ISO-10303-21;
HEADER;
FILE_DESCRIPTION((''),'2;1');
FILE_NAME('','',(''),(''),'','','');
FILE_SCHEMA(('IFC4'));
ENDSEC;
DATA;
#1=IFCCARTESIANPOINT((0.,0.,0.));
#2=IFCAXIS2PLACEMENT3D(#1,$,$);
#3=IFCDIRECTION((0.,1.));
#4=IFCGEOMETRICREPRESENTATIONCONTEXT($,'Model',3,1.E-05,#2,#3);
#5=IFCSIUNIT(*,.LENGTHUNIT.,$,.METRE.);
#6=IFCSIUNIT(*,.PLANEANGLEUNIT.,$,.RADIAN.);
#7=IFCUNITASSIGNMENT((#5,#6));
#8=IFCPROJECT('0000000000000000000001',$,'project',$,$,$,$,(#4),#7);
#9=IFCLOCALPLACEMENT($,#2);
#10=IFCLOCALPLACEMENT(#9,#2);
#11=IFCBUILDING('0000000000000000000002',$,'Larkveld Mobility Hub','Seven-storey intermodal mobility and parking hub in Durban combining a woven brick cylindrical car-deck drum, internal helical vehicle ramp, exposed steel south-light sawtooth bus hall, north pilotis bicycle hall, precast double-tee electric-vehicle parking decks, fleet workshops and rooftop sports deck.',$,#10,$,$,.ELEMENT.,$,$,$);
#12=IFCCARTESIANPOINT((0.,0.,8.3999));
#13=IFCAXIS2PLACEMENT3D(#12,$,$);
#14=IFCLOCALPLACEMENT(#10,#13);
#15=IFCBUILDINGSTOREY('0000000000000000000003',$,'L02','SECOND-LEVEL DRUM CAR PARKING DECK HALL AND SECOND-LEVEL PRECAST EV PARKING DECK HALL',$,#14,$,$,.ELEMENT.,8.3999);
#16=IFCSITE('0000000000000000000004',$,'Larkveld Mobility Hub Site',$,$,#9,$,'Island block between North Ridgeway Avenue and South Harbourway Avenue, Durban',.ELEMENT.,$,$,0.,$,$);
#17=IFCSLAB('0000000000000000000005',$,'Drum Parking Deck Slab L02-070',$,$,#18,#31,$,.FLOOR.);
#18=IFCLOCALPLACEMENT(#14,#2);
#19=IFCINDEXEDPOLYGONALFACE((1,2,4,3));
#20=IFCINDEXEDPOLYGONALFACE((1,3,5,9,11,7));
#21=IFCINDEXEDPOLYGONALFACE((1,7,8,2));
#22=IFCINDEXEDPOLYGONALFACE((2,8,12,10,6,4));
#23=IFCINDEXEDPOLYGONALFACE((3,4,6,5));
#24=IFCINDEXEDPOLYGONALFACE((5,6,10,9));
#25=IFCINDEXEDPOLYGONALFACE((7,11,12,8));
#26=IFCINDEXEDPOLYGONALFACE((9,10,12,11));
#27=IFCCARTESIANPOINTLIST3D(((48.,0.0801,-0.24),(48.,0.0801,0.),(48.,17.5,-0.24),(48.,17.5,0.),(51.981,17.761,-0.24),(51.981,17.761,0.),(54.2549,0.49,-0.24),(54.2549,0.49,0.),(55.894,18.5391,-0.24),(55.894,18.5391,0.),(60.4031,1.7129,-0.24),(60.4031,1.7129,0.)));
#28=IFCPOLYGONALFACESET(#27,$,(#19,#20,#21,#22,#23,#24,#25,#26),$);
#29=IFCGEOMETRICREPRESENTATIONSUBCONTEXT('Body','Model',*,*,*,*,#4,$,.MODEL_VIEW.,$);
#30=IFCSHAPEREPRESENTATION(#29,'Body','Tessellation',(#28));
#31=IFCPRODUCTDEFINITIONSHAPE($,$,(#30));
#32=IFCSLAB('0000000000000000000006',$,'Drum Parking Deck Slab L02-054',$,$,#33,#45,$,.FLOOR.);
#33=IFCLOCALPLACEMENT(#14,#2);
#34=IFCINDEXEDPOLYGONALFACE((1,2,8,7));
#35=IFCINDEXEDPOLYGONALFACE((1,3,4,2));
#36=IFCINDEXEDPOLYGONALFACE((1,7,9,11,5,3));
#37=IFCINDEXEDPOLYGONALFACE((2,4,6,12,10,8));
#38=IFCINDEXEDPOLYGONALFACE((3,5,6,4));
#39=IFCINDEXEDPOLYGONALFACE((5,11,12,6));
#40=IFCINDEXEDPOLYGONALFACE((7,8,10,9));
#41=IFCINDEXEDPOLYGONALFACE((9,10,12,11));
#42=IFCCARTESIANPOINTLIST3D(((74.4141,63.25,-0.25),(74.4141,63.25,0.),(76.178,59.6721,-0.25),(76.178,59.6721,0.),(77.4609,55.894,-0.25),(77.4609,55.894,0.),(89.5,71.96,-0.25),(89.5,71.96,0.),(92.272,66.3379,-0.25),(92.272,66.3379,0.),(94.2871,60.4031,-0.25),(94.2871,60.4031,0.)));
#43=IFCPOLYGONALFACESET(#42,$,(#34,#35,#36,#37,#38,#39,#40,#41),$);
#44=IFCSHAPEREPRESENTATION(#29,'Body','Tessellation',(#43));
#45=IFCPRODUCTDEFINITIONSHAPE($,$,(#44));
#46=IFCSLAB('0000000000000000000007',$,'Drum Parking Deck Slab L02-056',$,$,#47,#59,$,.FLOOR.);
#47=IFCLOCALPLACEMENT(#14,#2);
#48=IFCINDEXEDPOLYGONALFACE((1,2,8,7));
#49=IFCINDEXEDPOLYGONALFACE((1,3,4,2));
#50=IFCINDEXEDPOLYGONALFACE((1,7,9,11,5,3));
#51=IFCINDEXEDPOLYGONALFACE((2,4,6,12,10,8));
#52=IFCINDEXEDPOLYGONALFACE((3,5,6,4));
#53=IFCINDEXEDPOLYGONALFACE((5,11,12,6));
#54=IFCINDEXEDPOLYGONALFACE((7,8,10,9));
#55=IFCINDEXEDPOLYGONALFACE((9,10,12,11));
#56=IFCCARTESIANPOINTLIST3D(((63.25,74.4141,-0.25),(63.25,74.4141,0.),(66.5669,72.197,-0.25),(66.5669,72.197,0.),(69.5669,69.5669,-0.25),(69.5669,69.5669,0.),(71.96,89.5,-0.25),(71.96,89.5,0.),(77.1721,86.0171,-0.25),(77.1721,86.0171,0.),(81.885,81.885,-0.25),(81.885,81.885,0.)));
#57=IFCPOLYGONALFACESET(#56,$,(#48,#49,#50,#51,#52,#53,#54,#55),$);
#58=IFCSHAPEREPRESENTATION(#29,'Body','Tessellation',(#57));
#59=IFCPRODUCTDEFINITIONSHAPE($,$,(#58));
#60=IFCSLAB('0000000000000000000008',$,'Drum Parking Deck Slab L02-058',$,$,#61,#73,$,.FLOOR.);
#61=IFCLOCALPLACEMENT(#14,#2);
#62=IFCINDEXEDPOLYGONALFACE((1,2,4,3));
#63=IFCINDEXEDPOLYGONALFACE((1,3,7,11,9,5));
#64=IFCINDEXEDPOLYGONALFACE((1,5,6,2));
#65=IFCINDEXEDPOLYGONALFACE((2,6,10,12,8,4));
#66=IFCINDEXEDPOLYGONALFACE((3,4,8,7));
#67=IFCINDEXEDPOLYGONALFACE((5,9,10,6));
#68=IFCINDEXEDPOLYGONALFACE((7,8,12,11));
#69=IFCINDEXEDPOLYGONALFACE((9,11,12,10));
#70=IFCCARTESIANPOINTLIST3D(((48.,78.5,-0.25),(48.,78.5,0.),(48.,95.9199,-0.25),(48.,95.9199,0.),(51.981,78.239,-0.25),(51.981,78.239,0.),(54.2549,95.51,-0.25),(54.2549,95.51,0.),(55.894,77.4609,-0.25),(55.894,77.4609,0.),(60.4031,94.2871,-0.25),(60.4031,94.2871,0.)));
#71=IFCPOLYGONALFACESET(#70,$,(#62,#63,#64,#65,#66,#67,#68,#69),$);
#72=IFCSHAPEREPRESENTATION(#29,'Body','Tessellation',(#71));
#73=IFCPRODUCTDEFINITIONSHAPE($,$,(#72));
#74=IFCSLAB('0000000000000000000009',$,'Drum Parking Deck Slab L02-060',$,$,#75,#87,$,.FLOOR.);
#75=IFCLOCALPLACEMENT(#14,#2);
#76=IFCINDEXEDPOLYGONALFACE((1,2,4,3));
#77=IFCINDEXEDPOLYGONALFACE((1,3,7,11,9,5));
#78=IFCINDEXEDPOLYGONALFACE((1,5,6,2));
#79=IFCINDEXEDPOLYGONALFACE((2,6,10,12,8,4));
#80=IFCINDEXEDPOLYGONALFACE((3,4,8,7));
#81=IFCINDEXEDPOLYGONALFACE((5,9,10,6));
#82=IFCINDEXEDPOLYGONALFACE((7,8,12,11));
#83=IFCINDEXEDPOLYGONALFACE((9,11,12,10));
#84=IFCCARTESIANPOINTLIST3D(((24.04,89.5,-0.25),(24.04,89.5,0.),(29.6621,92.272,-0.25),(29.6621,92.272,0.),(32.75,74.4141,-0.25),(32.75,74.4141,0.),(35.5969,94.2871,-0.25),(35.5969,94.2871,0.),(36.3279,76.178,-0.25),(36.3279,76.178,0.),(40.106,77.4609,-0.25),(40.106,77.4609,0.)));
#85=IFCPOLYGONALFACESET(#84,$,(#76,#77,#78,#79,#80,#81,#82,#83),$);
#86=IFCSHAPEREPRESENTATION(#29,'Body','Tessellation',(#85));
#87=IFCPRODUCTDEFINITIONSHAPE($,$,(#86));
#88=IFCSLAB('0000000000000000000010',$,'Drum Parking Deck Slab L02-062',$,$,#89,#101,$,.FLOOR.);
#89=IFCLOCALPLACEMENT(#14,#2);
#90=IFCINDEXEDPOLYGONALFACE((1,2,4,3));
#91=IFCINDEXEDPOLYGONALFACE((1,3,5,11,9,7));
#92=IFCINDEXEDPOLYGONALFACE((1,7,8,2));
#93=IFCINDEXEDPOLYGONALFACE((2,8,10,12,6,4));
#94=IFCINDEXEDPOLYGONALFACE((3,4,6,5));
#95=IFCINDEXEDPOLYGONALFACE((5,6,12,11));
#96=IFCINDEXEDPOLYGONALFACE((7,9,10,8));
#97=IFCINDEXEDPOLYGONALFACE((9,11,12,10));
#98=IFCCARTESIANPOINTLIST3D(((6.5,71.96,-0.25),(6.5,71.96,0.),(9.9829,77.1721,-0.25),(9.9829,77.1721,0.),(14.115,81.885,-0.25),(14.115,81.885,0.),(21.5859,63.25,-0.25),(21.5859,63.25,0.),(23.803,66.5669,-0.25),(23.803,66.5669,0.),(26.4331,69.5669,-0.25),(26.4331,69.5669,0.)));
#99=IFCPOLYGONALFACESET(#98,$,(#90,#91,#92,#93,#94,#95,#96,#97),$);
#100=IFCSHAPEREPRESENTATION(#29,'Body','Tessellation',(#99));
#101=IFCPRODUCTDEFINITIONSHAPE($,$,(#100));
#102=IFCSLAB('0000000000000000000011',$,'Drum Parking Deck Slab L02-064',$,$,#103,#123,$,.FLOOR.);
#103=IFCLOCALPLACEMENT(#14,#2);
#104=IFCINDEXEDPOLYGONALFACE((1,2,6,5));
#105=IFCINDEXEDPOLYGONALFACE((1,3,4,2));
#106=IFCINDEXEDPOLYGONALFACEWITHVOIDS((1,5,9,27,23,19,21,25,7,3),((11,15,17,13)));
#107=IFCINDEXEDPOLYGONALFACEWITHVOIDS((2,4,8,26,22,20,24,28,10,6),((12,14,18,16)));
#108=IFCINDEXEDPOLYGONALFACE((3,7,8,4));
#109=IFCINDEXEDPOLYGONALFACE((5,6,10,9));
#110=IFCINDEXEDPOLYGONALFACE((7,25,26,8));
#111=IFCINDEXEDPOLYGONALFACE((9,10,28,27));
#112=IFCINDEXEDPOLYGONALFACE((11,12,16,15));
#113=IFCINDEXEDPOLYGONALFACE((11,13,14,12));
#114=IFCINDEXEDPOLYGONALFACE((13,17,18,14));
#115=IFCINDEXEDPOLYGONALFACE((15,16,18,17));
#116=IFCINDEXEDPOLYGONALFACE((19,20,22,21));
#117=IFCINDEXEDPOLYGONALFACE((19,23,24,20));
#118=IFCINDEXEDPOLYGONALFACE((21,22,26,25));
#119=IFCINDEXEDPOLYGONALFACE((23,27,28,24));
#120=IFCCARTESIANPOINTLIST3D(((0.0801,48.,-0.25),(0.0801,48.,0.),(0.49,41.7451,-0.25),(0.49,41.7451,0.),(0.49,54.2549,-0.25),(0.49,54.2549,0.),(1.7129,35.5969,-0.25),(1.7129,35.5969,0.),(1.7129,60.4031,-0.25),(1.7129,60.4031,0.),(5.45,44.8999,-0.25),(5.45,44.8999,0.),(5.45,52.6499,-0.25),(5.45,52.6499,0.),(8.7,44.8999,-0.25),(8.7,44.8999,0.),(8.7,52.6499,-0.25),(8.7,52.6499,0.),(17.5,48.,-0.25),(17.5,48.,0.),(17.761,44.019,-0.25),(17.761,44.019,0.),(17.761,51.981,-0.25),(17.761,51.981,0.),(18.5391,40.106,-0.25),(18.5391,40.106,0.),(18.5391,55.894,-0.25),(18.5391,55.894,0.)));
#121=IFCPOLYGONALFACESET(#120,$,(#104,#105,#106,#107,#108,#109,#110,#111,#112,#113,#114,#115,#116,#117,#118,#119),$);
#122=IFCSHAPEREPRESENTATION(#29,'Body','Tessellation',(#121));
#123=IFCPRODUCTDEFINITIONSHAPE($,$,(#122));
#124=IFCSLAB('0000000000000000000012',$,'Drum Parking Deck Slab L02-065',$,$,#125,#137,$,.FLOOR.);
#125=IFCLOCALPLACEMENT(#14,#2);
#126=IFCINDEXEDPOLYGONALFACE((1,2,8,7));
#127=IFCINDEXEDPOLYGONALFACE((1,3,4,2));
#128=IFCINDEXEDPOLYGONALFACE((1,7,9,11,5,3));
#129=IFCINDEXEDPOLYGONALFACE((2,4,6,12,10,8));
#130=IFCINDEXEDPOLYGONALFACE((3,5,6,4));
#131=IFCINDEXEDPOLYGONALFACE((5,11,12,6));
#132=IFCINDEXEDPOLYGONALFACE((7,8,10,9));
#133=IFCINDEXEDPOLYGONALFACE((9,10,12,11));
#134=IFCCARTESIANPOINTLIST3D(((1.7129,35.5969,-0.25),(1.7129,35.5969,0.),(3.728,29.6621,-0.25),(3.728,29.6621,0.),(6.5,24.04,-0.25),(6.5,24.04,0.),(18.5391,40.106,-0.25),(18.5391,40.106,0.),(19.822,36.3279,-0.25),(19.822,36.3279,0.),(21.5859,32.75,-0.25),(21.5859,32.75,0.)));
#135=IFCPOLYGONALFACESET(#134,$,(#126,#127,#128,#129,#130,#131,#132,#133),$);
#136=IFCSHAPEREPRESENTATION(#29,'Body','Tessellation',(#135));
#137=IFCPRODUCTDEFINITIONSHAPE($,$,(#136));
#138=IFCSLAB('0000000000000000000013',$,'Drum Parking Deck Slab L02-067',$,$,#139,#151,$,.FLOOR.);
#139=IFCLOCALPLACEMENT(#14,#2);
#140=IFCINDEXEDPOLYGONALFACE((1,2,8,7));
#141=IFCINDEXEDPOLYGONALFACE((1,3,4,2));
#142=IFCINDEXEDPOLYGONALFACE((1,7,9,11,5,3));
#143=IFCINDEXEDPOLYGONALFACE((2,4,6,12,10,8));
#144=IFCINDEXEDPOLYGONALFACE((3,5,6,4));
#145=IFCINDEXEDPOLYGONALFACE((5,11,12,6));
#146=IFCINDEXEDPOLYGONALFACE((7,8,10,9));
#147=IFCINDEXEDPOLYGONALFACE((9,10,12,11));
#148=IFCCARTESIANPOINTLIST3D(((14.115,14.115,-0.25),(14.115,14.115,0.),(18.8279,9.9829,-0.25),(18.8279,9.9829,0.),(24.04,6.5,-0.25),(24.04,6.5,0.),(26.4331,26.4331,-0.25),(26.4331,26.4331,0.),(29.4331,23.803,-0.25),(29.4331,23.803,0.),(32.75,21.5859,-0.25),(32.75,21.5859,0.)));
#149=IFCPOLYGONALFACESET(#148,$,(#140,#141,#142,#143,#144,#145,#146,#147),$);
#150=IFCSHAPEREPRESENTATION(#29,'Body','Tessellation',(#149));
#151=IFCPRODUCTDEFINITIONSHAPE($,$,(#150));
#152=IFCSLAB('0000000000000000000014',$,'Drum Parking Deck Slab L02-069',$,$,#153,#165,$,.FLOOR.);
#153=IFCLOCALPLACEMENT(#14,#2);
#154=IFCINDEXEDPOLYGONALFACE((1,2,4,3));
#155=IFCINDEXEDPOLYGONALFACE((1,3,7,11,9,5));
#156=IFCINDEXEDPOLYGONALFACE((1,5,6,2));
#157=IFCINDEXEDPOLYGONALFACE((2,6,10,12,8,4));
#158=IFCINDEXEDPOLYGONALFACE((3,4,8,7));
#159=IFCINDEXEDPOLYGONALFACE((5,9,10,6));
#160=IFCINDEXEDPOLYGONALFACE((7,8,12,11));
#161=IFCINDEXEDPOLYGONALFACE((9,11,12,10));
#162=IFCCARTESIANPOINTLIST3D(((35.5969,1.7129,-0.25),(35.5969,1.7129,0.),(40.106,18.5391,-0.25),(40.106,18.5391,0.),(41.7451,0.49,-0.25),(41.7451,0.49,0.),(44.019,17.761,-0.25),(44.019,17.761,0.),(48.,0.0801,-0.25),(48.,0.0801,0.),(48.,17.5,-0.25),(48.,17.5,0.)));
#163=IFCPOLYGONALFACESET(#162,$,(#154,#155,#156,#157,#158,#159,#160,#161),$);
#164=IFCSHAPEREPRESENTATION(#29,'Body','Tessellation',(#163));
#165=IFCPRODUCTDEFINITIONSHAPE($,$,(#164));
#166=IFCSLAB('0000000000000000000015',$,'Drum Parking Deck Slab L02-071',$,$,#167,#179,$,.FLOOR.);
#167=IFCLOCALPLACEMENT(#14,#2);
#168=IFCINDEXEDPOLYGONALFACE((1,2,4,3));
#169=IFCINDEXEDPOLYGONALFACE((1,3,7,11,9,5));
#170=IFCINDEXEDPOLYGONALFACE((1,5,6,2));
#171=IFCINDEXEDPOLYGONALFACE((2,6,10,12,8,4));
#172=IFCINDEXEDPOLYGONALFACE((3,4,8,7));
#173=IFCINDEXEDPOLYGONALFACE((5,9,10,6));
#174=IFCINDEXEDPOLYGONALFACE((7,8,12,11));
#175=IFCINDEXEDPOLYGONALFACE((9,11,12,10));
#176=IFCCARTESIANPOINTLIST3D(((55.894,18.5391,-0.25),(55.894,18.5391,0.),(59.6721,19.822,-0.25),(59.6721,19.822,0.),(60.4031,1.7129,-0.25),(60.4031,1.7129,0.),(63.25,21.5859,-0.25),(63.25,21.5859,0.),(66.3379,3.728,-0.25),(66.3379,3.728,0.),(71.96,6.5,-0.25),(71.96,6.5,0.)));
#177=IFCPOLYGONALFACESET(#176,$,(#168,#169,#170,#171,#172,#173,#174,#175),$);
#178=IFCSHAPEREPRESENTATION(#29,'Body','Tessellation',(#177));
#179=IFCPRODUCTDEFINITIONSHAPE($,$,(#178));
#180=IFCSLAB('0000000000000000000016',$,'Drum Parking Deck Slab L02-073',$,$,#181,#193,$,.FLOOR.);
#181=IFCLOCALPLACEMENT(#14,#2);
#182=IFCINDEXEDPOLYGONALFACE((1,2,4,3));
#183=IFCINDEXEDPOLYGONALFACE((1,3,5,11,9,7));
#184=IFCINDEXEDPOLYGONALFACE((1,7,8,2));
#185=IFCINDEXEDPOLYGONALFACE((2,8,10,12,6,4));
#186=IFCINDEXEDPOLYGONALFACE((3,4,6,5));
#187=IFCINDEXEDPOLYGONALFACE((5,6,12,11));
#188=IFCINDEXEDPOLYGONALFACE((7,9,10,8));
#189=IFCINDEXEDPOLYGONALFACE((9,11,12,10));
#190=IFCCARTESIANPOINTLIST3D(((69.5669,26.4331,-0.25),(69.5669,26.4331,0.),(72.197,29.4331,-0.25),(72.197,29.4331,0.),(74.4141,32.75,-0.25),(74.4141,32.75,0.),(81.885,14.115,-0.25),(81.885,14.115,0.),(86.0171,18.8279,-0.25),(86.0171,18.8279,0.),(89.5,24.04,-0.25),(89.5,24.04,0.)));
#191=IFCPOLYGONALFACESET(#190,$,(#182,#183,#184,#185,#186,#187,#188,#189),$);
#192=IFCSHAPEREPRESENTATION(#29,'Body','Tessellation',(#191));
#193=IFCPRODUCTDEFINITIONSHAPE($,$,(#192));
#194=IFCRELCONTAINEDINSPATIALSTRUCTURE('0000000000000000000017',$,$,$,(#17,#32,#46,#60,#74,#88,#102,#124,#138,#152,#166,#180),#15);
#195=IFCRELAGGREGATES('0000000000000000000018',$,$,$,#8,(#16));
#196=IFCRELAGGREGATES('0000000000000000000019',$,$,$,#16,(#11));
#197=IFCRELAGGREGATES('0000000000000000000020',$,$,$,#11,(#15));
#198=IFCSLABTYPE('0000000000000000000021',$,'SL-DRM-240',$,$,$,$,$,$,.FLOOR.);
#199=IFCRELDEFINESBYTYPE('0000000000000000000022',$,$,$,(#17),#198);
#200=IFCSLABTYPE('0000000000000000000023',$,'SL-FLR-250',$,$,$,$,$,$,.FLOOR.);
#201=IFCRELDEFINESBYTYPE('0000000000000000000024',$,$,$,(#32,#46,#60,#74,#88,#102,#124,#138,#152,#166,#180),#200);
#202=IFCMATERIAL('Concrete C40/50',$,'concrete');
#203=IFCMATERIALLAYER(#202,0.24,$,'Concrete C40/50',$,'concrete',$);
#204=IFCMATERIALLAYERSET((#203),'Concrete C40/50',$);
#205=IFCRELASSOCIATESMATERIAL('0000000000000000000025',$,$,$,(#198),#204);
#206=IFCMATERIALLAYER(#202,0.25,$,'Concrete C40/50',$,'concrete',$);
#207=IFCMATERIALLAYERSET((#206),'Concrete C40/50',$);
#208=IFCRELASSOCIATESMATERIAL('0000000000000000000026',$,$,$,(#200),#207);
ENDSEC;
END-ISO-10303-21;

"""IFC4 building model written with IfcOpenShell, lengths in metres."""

from ifc_helpers import new_model, si_unit, direction, frame, origin, place, context, subcontext, project, spatial, polyline, outline, extrude, material, layer, layer_set, type_object, element, save


model = new_model("IFC4")

# Units and contexts
model_context = context("Model", 3, precision=1e-05, world=origin(), true_north=direction((0.0, 1.0)))
body_context = subcontext(model_context, "Body", "Model", "MODEL_VIEW")
ifc_project = project(units=[si_unit("LENGTHUNIT", "METRE"), si_unit("PLANEANGLEUNIT", "RADIAN")], contexts=[model_context])

# Site, building, storey
site_placement = place(None, origin())
site = spatial("IfcSite", under=ifc_project, at=site_placement, Name="Larkveld Mobility Hub Site", LongName="Island block between North Ridgeway Avenue and South Harbourway Avenue, Durban", CompositionType="ELEMENT", RefElevation=0.0)
building_placement = place(site_placement, origin())
building = spatial("IfcBuilding", under=site, at=building_placement, Name="Larkveld Mobility Hub", Description="Seven-storey intermodal mobility and parking hub in Durban combining a woven brick cylindrical car-deck drum, internal helical vehicle ramp, exposed steel south-light sawtooth bus hall, north pilotis bicycle hall, precast double-tee electric-vehicle parking decks, fleet workshops and rooftop sports deck.", CompositionType="ELEMENT")
storey_placement = place(building_placement, frame((0.0, 0.0, 8.3999)))
storey = spatial("IfcBuildingStorey", under=building, at=storey_placement, Name="L02", Description="SECOND-LEVEL DRUM CAR PARKING DECK HALL AND SECOND-LEVEL PRECAST EV PARKING DECK HALL", CompositionType="ELEMENT", Elevation=8.3999)

# Slabs
ifc_material = material(Name="Concrete C40/50", Category="concrete")
ifc_layer_1 = layer(ifc_material, 0.24, Name="Concrete C40/50", Category="concrete")
ifc_layer_set_1 = layer_set([ifc_layer_1], Name="Concrete C40/50")
slab_type_1 = type_object("IfcSlabType", Name="SL-DRM-240", PredefinedType="FLOOR", material=ifc_layer_set_1)
slab_1_placement = place(storey_placement, frame((0.0, 0.0, -0.24)))
element("IfcSlab", 1, at=slab_1_placement, inside=storey, type_object=slab_type_1, Name="Drum Parking Deck Slab L02-070", PredefinedType="FLOOR", context=body_context, shape_type="SweptSolid", body=[
    extrude(outline(polyline([(48.0, 0.0801), (54.2549, 0.49), (60.4031, 1.7129), (55.894, 18.5391), (51.981, 17.761), (48.0, 17.5), (48.0, 0.0801)])), origin(), (0.0, 0.0, 1.0), 0.24),
])
ifc_layer_2 = layer(ifc_material, 0.25, Name="Concrete C40/50", Category="concrete")
ifc_layer_set_2 = layer_set([ifc_layer_2], Name="Concrete C40/50")
slab_type_2 = type_object("IfcSlabType", Name="SL-FLR-250", PredefinedType="FLOOR", material=ifc_layer_set_2)
slab_2_placement = place(storey_placement, frame((0.0, 0.0, -0.25)))
element("IfcSlab", 2, at=slab_2_placement, inside=storey, type_object=slab_type_2, Name="Drum Parking Deck Slab L02-054", PredefinedType="FLOOR", context=body_context, shape_type="SweptSolid", body=[
    extrude(outline(polyline([(94.2871, 60.4031), (92.272, 66.3379), (89.5, 71.96), (74.4141, 63.25), (76.178, 59.6721), (77.4609, 55.894), (94.2871, 60.4031)])), origin(), (0.0, 0.0, 1.0), 0.25),
])
slab_3_placement = place(storey_placement, frame((0.0, 0.0, -0.25)))
element("IfcSlab", 3, at=slab_3_placement, inside=storey, type_object=slab_type_2, Name="Drum Parking Deck Slab L02-056", PredefinedType="FLOOR", context=body_context, shape_type="SweptSolid", body=[
    extrude(outline(polyline([(81.885, 81.885), (77.1721, 86.0171), (71.96, 89.5), (63.25, 74.4141), (66.5669, 72.197), (69.5669, 69.5669), (81.885, 81.885)])), origin(), (0.0, 0.0, 1.0), 0.25),
])
slab_4_placement = place(storey_placement, frame((0.0, 0.0, -0.25)))
element("IfcSlab", 4, at=slab_4_placement, inside=storey, type_object=slab_type_2, Name="Drum Parking Deck Slab L02-058", PredefinedType="FLOOR", context=body_context, shape_type="SweptSolid", body=[
    extrude(outline(polyline([(60.4031, 94.2871), (54.2549, 95.51), (48.0, 95.9199), (48.0, 78.5), (51.981, 78.239), (55.894, 77.4609), (60.4031, 94.2871)])), origin(), (0.0, 0.0, 1.0), 0.25),
])
slab_5_placement = place(storey_placement, frame((0.0, 0.0, -0.25)))
element("IfcSlab", 5, at=slab_5_placement, inside=storey, type_object=slab_type_2, Name="Drum Parking Deck Slab L02-060", PredefinedType="FLOOR", context=body_context, shape_type="SweptSolid", body=[
    extrude(outline(polyline([(35.5969, 94.2871), (29.6621, 92.272), (24.04, 89.5), (32.75, 74.4141), (36.3279, 76.178), (40.106, 77.4609), (35.5969, 94.2871)])), origin(), (0.0, 0.0, 1.0), 0.25),
])
slab_6_placement = place(storey_placement, frame((0.0, 0.0, -0.25)))
element("IfcSlab", 6, at=slab_6_placement, inside=storey, type_object=slab_type_2, Name="Drum Parking Deck Slab L02-062", PredefinedType="FLOOR", context=body_context, shape_type="SweptSolid", body=[
    extrude(outline(polyline([(14.115, 81.885), (9.9829, 77.1721), (6.5, 71.96), (21.5859, 63.25), (23.803, 66.5669), (26.4331, 69.5669), (14.115, 81.885)])), origin(), (0.0, 0.0, 1.0), 0.25),
])
slab_7_placement = place(storey_placement, frame((0.0, 0.0, -0.25)))
element("IfcSlab", 7, at=slab_7_placement, inside=storey, type_object=slab_type_2, Name="Drum Parking Deck Slab L02-064", PredefinedType="FLOOR", context=body_context, shape_type="SweptSolid", body=[
    extrude(outline(polyline([(1.7129, 60.4031), (0.49, 54.2549), (0.0801, 48.0), (0.49, 41.7451), (1.7129, 35.5969), (18.5391, 40.106), (17.761, 44.019), (17.5, 48.0), (17.761, 51.981), (18.5391, 55.894), (1.7129, 60.4031)]), holes=[polyline([(5.45, 44.8999), (5.45, 52.6499), (8.7, 52.6499), (8.7, 44.8999), (5.45, 44.8999)])]), origin(), (0.0, 0.0, 1.0), 0.25),
])
slab_8_placement = place(storey_placement, frame((0.0, 0.0, -0.25)))
element("IfcSlab", 8, at=slab_8_placement, inside=storey, type_object=slab_type_2, Name="Drum Parking Deck Slab L02-065", PredefinedType="FLOOR", context=body_context, shape_type="SweptSolid", body=[
    extrude(outline(polyline([(1.7129, 35.5969), (3.728, 29.6621), (6.5, 24.04), (21.5859, 32.75), (19.822, 36.3279), (18.5391, 40.106), (1.7129, 35.5969)])), origin(), (0.0, 0.0, 1.0), 0.25),
])
slab_9_placement = place(storey_placement, frame((0.0, 0.0, -0.25)))
element("IfcSlab", 9, at=slab_9_placement, inside=storey, type_object=slab_type_2, Name="Drum Parking Deck Slab L02-067", PredefinedType="FLOOR", context=body_context, shape_type="SweptSolid", body=[
    extrude(outline(polyline([(14.115, 14.115), (18.8279, 9.9829), (24.04, 6.5), (32.75, 21.5859), (29.4331, 23.803), (26.4331, 26.4331), (14.115, 14.115)])), origin(), (0.0, 0.0, 1.0), 0.25),
])
slab_10_placement = place(storey_placement, frame((0.0, 0.0, -0.25)))
element("IfcSlab", 10, at=slab_10_placement, inside=storey, type_object=slab_type_2, Name="Drum Parking Deck Slab L02-069", PredefinedType="FLOOR", context=body_context, shape_type="SweptSolid", body=[
    extrude(outline(polyline([(35.5969, 1.7129), (41.7451, 0.49), (48.0, 0.0801), (48.0, 17.5), (44.019, 17.761), (40.106, 18.5391), (35.5969, 1.7129)])), origin(), (0.0, 0.0, 1.0), 0.25),
])
slab_11_placement = place(storey_placement, frame((0.0, 0.0, -0.25)))
element("IfcSlab", 11, at=slab_11_placement, inside=storey, type_object=slab_type_2, Name="Drum Parking Deck Slab L02-071", PredefinedType="FLOOR", context=body_context, shape_type="SweptSolid", body=[
    extrude(outline(polyline([(60.4031, 1.7129), (66.3379, 3.728), (71.96, 6.5), (63.25, 21.5859), (59.6721, 19.822), (55.894, 18.5391), (60.4031, 1.7129)])), origin(), (0.0, 0.0, 1.0), 0.25),
])
slab_12_placement = place(storey_placement, frame((0.0, 0.0, -0.25)))
element("IfcSlab", 12, at=slab_12_placement, inside=storey, type_object=slab_type_2, Name="Drum Parking Deck Slab L02-073", PredefinedType="FLOOR", context=body_context, shape_type="SweptSolid", body=[
    extrude(outline(polyline([(81.885, 14.115), (86.0171, 18.8279), (89.5, 24.04), (74.4141, 32.75), (72.197, 29.4331), (69.5669, 26.4331), (81.885, 14.115)])), origin(), (0.0, 0.0, 1.0), 0.25),
])

save(model, "model.ifc")
